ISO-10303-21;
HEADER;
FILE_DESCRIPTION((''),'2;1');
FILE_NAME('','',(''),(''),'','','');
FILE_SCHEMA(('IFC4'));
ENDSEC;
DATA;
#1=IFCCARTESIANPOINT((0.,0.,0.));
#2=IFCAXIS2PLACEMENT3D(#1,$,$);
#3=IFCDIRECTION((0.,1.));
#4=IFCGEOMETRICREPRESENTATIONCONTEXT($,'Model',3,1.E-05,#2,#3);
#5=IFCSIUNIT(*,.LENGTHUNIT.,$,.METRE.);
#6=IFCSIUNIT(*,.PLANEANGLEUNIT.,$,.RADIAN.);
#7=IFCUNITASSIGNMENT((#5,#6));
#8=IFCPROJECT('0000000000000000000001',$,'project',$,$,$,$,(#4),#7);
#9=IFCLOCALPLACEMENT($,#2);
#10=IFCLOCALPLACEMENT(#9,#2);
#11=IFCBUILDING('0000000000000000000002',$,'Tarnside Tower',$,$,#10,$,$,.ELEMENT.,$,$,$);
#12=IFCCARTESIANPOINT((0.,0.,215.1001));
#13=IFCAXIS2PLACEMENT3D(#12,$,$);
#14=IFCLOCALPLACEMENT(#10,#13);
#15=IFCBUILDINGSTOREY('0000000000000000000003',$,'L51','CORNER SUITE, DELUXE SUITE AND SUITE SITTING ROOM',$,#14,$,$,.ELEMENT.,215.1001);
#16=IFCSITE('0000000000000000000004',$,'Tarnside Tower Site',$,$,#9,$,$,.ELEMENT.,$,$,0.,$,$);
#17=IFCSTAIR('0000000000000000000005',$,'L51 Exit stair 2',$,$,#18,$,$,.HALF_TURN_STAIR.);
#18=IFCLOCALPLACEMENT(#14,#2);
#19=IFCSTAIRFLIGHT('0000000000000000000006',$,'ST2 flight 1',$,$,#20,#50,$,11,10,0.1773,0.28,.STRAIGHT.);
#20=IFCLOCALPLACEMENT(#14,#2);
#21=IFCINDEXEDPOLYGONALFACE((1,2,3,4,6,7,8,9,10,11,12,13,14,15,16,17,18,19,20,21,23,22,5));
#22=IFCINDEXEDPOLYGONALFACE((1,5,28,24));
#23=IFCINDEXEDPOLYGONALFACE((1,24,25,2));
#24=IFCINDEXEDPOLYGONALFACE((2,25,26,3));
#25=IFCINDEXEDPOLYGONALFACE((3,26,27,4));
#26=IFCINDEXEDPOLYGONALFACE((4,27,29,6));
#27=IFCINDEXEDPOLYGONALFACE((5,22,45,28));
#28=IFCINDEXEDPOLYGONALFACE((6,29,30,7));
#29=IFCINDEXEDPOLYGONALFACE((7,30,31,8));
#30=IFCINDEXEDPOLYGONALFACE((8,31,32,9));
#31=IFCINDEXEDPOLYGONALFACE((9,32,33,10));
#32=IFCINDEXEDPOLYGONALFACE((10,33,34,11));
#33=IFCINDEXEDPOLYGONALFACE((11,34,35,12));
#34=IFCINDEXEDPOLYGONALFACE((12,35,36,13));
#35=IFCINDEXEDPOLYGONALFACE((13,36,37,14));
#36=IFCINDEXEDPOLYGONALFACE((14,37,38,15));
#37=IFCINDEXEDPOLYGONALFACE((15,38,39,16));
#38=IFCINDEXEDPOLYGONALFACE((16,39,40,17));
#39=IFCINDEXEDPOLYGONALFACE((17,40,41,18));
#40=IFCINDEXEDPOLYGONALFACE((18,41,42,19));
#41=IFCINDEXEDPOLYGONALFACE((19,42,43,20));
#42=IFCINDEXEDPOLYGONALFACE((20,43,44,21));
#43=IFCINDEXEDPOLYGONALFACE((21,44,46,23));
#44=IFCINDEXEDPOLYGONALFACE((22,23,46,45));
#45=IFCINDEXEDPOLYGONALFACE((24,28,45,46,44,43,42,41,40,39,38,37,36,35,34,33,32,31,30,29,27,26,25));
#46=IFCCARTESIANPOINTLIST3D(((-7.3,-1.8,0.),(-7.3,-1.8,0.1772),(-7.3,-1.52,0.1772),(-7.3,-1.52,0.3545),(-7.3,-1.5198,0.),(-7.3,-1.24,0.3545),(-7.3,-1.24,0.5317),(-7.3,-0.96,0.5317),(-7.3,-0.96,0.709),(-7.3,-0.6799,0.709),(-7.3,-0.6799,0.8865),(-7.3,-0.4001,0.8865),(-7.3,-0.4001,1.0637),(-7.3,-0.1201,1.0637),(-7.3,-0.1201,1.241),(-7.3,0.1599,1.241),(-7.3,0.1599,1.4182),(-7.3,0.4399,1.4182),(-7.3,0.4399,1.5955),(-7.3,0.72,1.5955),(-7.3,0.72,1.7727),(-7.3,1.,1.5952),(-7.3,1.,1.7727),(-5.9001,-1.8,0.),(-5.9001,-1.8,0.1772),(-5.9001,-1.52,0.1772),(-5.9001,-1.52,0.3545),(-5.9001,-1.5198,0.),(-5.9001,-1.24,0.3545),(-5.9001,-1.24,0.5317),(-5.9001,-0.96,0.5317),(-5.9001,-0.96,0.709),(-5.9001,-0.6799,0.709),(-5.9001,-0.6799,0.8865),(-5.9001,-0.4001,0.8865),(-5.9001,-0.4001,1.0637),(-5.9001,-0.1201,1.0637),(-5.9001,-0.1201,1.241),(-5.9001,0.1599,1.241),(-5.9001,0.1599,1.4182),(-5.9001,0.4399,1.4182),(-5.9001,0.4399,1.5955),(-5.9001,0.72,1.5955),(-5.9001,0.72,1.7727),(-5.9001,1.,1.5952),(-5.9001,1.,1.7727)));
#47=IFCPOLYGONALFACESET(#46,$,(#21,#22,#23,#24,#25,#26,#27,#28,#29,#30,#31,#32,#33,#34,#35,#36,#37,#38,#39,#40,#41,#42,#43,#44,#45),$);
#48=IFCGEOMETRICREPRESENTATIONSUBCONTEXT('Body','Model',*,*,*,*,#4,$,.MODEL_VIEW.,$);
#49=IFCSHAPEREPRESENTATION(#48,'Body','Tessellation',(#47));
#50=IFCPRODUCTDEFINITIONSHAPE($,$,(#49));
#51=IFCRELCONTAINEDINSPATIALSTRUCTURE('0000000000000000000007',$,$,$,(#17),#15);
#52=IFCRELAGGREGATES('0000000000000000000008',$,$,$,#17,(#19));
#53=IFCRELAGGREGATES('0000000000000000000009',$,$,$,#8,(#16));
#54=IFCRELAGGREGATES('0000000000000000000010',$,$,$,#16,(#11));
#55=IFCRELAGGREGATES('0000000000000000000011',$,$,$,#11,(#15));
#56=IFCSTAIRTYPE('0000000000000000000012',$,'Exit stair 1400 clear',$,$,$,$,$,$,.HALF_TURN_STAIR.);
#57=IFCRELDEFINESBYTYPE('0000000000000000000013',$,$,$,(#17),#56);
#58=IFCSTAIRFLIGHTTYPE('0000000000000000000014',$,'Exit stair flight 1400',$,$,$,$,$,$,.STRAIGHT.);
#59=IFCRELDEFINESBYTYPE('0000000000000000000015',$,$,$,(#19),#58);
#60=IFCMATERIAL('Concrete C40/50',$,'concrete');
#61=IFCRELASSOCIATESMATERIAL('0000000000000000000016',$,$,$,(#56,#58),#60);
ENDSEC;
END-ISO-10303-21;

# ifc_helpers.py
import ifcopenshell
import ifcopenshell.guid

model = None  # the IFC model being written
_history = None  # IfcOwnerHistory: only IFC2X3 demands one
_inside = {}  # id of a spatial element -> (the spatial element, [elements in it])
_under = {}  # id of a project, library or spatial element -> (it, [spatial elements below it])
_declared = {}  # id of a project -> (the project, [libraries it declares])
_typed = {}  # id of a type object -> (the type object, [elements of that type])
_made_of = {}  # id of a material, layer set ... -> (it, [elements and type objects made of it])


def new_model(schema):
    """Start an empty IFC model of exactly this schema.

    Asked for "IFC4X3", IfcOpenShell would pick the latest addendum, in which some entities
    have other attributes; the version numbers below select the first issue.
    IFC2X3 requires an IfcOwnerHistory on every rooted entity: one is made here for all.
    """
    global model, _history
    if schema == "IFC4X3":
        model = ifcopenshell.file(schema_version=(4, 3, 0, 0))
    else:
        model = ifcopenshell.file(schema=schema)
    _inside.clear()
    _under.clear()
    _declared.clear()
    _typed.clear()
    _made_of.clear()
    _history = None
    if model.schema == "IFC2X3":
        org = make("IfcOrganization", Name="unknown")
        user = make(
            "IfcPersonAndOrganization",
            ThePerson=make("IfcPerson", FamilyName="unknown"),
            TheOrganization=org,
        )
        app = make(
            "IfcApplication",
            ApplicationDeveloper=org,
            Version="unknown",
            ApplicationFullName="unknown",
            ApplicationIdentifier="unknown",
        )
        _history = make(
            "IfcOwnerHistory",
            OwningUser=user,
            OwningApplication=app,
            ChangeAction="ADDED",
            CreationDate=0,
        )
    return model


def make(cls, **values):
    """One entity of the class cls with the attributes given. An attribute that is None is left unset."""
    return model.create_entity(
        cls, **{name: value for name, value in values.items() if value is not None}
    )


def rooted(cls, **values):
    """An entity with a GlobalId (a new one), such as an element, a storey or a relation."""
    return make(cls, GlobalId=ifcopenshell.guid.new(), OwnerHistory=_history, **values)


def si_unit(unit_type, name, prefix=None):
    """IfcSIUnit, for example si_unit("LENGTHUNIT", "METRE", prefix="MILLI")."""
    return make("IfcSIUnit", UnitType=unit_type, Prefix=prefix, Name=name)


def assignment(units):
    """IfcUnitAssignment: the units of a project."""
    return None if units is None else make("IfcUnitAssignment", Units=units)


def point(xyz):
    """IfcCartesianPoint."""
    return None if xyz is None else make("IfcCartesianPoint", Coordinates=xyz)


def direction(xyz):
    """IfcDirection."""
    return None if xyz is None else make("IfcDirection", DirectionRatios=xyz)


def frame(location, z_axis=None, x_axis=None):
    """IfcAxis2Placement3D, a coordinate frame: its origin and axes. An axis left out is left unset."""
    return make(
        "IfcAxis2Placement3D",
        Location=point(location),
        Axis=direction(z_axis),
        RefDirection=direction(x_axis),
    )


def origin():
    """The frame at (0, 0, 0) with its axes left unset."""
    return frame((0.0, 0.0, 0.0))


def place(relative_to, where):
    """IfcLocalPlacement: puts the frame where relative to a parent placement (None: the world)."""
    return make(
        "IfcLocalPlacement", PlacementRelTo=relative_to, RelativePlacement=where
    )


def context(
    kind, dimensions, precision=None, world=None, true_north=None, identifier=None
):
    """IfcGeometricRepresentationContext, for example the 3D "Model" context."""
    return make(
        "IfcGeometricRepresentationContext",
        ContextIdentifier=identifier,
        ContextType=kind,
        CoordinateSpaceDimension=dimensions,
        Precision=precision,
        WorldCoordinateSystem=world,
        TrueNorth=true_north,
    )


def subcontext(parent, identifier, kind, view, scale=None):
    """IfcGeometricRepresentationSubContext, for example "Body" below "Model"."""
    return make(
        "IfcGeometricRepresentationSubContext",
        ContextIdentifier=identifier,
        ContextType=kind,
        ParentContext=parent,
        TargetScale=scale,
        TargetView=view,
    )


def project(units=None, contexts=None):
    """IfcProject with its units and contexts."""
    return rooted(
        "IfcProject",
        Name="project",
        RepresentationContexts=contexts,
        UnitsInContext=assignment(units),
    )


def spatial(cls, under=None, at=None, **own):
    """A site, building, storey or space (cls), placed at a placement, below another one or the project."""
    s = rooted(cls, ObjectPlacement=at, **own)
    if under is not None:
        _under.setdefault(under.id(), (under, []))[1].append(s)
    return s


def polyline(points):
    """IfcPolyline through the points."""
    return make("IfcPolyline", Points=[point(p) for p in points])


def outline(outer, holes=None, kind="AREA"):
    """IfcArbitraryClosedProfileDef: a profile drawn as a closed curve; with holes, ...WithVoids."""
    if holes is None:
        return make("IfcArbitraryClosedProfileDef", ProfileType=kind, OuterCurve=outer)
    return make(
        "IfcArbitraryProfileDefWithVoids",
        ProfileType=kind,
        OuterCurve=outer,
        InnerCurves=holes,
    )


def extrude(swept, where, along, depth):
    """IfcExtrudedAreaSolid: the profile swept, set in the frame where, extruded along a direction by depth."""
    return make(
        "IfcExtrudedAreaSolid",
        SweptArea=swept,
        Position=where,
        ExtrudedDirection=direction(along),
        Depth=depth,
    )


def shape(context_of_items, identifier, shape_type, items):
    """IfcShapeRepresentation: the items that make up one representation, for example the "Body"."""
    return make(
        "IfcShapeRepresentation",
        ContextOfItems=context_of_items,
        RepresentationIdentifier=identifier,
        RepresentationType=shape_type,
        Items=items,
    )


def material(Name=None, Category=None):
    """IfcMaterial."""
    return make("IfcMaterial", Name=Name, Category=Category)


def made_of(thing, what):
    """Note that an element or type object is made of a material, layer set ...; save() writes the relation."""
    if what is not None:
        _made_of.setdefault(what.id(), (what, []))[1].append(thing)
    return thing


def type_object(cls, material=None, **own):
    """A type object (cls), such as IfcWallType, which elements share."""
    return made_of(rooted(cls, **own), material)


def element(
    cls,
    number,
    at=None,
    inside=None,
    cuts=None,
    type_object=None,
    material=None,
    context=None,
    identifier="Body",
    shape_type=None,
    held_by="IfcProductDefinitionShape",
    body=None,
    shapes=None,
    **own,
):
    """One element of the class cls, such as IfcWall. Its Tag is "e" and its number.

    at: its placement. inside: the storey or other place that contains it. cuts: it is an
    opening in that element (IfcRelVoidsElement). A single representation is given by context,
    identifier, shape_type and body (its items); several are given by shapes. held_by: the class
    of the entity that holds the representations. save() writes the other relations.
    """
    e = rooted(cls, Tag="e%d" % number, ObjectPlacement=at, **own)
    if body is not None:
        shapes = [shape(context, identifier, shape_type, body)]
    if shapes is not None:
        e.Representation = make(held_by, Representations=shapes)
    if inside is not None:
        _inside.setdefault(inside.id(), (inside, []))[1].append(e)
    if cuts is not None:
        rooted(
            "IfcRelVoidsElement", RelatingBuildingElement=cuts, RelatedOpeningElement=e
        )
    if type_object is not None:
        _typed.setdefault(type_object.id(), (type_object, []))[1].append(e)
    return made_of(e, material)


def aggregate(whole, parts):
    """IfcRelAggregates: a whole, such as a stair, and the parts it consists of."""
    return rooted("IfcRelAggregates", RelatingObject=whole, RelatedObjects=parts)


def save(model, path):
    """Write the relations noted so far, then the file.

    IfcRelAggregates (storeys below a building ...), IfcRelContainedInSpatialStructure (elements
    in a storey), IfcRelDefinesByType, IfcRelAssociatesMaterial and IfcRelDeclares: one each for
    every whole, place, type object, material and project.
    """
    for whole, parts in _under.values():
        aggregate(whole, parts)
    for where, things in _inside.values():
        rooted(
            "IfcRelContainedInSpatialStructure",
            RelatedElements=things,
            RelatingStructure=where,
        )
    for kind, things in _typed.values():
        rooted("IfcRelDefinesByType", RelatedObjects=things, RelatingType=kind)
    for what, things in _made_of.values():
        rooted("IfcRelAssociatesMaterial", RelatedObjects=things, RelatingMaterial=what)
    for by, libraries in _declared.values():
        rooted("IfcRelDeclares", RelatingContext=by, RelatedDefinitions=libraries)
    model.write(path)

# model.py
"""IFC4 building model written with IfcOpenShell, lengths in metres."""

from ifc_helpers import new_model, si_unit, direction, frame, origin, place, context, subcontext, project, spatial, polyline, outline, extrude, material, type_object, element, aggregate, save


model = new_model("IFC4")

# Units and contexts
model_context = context("Model", 3, precision=1e-05, world=origin(), true_north=direction((0.0, 1.0)))
body_context = subcontext(model_context, "Body", "Model", "MODEL_VIEW")
ifc_project = project(units=[si_unit("LENGTHUNIT", "METRE"), si_unit("PLANEANGLEUNIT", "RADIAN")], contexts=[model_context])

# Site, building, storey
site_placement = place(None, origin())
site = spatial("IfcSite", under=ifc_project, at=site_placement, Name="Tarnside Tower Site", CompositionType="ELEMENT", RefElevation=0.0)
building_placement = place(site_placement, origin())
building = spatial("IfcBuilding", under=site, at=building_placement, Name="Tarnside Tower", CompositionType="ELEMENT")
storey_placement = place(building_placement, frame((0.0, 0.0, 215.1001)))
storey = spatial("IfcBuildingStorey", under=building, at=storey_placement, Name="L51", Description="CORNER SUITE, DELUXE SUITE AND SUITE SITTING ROOM", CompositionType="ELEMENT", Elevation=215.1001)

# Shared definitions
ifc_material_1 = material(Name="Concrete C40/50", Category="concrete")

# Stair, stair flight
stair_type = type_object("IfcStairType", Name="Exit stair 1400 clear", PredefinedType="HALF_TURN_STAIR", material=ifc_material_1)
stair_placement = place(storey_placement, origin())
stair = element("IfcStair", 1, at=stair_placement, inside=storey, type_object=stair_type, Name="L51 Exit stair 2", PredefinedType="HALF_TURN_STAIR")
stair_flight_type = type_object("IfcStairFlightType", Name="Exit stair flight 1400", PredefinedType="STRAIGHT", material=ifc_material_1)
stair_flight_placement = place(storey_placement, frame((-6.6001, -1.8, 0.0), z_axis=(0.0, 0.0, 1.0), x_axis=(0.0, 1.0, 0.0)))
stair_flight = element("IfcStairFlight", 2, at=stair_flight_placement, type_object=stair_flight_type, Name="ST2 flight 1", NumberOfRisers=11, NumberOfTreads=10, PredefinedType="STRAIGHT", RiserHeight=0.1773, TreadLength=0.28, context=body_context, shape_type="SweptSolid", body=[
    extrude(outline(polyline([(0.0, 0.0), (0.0, 0.1772), (0.28, 0.1772), (0.28, 0.3545), (0.5601, 0.3545), (0.5601, 0.5317), (0.8401, 0.5317), (0.8401, 0.709), (1.1201, 0.709), (1.1201, 0.8865), (1.3999, 0.8865), (1.3999, 1.0637), (1.6799, 1.0637), (1.6799, 1.241), (1.96, 1.241), (1.96, 1.4182), (2.24, 1.4182), (2.24, 1.5955), (2.52, 1.5955), (2.52, 1.7727), (2.8, 1.7727), (2.8, 1.95), (2.8, 1.5952), (0.2803, 0.0), (0.0, 0.0)])), frame((0.0, 0.7, 0.0), z_axis=(0.0, -1.0, 0.0), x_axis=(1.0, 0.0, 0.0)), (0.0, 0.0, 1.0), 1.3999),
])
aggregate(stair, [stair_flight])

save(model, "model.ifc")
